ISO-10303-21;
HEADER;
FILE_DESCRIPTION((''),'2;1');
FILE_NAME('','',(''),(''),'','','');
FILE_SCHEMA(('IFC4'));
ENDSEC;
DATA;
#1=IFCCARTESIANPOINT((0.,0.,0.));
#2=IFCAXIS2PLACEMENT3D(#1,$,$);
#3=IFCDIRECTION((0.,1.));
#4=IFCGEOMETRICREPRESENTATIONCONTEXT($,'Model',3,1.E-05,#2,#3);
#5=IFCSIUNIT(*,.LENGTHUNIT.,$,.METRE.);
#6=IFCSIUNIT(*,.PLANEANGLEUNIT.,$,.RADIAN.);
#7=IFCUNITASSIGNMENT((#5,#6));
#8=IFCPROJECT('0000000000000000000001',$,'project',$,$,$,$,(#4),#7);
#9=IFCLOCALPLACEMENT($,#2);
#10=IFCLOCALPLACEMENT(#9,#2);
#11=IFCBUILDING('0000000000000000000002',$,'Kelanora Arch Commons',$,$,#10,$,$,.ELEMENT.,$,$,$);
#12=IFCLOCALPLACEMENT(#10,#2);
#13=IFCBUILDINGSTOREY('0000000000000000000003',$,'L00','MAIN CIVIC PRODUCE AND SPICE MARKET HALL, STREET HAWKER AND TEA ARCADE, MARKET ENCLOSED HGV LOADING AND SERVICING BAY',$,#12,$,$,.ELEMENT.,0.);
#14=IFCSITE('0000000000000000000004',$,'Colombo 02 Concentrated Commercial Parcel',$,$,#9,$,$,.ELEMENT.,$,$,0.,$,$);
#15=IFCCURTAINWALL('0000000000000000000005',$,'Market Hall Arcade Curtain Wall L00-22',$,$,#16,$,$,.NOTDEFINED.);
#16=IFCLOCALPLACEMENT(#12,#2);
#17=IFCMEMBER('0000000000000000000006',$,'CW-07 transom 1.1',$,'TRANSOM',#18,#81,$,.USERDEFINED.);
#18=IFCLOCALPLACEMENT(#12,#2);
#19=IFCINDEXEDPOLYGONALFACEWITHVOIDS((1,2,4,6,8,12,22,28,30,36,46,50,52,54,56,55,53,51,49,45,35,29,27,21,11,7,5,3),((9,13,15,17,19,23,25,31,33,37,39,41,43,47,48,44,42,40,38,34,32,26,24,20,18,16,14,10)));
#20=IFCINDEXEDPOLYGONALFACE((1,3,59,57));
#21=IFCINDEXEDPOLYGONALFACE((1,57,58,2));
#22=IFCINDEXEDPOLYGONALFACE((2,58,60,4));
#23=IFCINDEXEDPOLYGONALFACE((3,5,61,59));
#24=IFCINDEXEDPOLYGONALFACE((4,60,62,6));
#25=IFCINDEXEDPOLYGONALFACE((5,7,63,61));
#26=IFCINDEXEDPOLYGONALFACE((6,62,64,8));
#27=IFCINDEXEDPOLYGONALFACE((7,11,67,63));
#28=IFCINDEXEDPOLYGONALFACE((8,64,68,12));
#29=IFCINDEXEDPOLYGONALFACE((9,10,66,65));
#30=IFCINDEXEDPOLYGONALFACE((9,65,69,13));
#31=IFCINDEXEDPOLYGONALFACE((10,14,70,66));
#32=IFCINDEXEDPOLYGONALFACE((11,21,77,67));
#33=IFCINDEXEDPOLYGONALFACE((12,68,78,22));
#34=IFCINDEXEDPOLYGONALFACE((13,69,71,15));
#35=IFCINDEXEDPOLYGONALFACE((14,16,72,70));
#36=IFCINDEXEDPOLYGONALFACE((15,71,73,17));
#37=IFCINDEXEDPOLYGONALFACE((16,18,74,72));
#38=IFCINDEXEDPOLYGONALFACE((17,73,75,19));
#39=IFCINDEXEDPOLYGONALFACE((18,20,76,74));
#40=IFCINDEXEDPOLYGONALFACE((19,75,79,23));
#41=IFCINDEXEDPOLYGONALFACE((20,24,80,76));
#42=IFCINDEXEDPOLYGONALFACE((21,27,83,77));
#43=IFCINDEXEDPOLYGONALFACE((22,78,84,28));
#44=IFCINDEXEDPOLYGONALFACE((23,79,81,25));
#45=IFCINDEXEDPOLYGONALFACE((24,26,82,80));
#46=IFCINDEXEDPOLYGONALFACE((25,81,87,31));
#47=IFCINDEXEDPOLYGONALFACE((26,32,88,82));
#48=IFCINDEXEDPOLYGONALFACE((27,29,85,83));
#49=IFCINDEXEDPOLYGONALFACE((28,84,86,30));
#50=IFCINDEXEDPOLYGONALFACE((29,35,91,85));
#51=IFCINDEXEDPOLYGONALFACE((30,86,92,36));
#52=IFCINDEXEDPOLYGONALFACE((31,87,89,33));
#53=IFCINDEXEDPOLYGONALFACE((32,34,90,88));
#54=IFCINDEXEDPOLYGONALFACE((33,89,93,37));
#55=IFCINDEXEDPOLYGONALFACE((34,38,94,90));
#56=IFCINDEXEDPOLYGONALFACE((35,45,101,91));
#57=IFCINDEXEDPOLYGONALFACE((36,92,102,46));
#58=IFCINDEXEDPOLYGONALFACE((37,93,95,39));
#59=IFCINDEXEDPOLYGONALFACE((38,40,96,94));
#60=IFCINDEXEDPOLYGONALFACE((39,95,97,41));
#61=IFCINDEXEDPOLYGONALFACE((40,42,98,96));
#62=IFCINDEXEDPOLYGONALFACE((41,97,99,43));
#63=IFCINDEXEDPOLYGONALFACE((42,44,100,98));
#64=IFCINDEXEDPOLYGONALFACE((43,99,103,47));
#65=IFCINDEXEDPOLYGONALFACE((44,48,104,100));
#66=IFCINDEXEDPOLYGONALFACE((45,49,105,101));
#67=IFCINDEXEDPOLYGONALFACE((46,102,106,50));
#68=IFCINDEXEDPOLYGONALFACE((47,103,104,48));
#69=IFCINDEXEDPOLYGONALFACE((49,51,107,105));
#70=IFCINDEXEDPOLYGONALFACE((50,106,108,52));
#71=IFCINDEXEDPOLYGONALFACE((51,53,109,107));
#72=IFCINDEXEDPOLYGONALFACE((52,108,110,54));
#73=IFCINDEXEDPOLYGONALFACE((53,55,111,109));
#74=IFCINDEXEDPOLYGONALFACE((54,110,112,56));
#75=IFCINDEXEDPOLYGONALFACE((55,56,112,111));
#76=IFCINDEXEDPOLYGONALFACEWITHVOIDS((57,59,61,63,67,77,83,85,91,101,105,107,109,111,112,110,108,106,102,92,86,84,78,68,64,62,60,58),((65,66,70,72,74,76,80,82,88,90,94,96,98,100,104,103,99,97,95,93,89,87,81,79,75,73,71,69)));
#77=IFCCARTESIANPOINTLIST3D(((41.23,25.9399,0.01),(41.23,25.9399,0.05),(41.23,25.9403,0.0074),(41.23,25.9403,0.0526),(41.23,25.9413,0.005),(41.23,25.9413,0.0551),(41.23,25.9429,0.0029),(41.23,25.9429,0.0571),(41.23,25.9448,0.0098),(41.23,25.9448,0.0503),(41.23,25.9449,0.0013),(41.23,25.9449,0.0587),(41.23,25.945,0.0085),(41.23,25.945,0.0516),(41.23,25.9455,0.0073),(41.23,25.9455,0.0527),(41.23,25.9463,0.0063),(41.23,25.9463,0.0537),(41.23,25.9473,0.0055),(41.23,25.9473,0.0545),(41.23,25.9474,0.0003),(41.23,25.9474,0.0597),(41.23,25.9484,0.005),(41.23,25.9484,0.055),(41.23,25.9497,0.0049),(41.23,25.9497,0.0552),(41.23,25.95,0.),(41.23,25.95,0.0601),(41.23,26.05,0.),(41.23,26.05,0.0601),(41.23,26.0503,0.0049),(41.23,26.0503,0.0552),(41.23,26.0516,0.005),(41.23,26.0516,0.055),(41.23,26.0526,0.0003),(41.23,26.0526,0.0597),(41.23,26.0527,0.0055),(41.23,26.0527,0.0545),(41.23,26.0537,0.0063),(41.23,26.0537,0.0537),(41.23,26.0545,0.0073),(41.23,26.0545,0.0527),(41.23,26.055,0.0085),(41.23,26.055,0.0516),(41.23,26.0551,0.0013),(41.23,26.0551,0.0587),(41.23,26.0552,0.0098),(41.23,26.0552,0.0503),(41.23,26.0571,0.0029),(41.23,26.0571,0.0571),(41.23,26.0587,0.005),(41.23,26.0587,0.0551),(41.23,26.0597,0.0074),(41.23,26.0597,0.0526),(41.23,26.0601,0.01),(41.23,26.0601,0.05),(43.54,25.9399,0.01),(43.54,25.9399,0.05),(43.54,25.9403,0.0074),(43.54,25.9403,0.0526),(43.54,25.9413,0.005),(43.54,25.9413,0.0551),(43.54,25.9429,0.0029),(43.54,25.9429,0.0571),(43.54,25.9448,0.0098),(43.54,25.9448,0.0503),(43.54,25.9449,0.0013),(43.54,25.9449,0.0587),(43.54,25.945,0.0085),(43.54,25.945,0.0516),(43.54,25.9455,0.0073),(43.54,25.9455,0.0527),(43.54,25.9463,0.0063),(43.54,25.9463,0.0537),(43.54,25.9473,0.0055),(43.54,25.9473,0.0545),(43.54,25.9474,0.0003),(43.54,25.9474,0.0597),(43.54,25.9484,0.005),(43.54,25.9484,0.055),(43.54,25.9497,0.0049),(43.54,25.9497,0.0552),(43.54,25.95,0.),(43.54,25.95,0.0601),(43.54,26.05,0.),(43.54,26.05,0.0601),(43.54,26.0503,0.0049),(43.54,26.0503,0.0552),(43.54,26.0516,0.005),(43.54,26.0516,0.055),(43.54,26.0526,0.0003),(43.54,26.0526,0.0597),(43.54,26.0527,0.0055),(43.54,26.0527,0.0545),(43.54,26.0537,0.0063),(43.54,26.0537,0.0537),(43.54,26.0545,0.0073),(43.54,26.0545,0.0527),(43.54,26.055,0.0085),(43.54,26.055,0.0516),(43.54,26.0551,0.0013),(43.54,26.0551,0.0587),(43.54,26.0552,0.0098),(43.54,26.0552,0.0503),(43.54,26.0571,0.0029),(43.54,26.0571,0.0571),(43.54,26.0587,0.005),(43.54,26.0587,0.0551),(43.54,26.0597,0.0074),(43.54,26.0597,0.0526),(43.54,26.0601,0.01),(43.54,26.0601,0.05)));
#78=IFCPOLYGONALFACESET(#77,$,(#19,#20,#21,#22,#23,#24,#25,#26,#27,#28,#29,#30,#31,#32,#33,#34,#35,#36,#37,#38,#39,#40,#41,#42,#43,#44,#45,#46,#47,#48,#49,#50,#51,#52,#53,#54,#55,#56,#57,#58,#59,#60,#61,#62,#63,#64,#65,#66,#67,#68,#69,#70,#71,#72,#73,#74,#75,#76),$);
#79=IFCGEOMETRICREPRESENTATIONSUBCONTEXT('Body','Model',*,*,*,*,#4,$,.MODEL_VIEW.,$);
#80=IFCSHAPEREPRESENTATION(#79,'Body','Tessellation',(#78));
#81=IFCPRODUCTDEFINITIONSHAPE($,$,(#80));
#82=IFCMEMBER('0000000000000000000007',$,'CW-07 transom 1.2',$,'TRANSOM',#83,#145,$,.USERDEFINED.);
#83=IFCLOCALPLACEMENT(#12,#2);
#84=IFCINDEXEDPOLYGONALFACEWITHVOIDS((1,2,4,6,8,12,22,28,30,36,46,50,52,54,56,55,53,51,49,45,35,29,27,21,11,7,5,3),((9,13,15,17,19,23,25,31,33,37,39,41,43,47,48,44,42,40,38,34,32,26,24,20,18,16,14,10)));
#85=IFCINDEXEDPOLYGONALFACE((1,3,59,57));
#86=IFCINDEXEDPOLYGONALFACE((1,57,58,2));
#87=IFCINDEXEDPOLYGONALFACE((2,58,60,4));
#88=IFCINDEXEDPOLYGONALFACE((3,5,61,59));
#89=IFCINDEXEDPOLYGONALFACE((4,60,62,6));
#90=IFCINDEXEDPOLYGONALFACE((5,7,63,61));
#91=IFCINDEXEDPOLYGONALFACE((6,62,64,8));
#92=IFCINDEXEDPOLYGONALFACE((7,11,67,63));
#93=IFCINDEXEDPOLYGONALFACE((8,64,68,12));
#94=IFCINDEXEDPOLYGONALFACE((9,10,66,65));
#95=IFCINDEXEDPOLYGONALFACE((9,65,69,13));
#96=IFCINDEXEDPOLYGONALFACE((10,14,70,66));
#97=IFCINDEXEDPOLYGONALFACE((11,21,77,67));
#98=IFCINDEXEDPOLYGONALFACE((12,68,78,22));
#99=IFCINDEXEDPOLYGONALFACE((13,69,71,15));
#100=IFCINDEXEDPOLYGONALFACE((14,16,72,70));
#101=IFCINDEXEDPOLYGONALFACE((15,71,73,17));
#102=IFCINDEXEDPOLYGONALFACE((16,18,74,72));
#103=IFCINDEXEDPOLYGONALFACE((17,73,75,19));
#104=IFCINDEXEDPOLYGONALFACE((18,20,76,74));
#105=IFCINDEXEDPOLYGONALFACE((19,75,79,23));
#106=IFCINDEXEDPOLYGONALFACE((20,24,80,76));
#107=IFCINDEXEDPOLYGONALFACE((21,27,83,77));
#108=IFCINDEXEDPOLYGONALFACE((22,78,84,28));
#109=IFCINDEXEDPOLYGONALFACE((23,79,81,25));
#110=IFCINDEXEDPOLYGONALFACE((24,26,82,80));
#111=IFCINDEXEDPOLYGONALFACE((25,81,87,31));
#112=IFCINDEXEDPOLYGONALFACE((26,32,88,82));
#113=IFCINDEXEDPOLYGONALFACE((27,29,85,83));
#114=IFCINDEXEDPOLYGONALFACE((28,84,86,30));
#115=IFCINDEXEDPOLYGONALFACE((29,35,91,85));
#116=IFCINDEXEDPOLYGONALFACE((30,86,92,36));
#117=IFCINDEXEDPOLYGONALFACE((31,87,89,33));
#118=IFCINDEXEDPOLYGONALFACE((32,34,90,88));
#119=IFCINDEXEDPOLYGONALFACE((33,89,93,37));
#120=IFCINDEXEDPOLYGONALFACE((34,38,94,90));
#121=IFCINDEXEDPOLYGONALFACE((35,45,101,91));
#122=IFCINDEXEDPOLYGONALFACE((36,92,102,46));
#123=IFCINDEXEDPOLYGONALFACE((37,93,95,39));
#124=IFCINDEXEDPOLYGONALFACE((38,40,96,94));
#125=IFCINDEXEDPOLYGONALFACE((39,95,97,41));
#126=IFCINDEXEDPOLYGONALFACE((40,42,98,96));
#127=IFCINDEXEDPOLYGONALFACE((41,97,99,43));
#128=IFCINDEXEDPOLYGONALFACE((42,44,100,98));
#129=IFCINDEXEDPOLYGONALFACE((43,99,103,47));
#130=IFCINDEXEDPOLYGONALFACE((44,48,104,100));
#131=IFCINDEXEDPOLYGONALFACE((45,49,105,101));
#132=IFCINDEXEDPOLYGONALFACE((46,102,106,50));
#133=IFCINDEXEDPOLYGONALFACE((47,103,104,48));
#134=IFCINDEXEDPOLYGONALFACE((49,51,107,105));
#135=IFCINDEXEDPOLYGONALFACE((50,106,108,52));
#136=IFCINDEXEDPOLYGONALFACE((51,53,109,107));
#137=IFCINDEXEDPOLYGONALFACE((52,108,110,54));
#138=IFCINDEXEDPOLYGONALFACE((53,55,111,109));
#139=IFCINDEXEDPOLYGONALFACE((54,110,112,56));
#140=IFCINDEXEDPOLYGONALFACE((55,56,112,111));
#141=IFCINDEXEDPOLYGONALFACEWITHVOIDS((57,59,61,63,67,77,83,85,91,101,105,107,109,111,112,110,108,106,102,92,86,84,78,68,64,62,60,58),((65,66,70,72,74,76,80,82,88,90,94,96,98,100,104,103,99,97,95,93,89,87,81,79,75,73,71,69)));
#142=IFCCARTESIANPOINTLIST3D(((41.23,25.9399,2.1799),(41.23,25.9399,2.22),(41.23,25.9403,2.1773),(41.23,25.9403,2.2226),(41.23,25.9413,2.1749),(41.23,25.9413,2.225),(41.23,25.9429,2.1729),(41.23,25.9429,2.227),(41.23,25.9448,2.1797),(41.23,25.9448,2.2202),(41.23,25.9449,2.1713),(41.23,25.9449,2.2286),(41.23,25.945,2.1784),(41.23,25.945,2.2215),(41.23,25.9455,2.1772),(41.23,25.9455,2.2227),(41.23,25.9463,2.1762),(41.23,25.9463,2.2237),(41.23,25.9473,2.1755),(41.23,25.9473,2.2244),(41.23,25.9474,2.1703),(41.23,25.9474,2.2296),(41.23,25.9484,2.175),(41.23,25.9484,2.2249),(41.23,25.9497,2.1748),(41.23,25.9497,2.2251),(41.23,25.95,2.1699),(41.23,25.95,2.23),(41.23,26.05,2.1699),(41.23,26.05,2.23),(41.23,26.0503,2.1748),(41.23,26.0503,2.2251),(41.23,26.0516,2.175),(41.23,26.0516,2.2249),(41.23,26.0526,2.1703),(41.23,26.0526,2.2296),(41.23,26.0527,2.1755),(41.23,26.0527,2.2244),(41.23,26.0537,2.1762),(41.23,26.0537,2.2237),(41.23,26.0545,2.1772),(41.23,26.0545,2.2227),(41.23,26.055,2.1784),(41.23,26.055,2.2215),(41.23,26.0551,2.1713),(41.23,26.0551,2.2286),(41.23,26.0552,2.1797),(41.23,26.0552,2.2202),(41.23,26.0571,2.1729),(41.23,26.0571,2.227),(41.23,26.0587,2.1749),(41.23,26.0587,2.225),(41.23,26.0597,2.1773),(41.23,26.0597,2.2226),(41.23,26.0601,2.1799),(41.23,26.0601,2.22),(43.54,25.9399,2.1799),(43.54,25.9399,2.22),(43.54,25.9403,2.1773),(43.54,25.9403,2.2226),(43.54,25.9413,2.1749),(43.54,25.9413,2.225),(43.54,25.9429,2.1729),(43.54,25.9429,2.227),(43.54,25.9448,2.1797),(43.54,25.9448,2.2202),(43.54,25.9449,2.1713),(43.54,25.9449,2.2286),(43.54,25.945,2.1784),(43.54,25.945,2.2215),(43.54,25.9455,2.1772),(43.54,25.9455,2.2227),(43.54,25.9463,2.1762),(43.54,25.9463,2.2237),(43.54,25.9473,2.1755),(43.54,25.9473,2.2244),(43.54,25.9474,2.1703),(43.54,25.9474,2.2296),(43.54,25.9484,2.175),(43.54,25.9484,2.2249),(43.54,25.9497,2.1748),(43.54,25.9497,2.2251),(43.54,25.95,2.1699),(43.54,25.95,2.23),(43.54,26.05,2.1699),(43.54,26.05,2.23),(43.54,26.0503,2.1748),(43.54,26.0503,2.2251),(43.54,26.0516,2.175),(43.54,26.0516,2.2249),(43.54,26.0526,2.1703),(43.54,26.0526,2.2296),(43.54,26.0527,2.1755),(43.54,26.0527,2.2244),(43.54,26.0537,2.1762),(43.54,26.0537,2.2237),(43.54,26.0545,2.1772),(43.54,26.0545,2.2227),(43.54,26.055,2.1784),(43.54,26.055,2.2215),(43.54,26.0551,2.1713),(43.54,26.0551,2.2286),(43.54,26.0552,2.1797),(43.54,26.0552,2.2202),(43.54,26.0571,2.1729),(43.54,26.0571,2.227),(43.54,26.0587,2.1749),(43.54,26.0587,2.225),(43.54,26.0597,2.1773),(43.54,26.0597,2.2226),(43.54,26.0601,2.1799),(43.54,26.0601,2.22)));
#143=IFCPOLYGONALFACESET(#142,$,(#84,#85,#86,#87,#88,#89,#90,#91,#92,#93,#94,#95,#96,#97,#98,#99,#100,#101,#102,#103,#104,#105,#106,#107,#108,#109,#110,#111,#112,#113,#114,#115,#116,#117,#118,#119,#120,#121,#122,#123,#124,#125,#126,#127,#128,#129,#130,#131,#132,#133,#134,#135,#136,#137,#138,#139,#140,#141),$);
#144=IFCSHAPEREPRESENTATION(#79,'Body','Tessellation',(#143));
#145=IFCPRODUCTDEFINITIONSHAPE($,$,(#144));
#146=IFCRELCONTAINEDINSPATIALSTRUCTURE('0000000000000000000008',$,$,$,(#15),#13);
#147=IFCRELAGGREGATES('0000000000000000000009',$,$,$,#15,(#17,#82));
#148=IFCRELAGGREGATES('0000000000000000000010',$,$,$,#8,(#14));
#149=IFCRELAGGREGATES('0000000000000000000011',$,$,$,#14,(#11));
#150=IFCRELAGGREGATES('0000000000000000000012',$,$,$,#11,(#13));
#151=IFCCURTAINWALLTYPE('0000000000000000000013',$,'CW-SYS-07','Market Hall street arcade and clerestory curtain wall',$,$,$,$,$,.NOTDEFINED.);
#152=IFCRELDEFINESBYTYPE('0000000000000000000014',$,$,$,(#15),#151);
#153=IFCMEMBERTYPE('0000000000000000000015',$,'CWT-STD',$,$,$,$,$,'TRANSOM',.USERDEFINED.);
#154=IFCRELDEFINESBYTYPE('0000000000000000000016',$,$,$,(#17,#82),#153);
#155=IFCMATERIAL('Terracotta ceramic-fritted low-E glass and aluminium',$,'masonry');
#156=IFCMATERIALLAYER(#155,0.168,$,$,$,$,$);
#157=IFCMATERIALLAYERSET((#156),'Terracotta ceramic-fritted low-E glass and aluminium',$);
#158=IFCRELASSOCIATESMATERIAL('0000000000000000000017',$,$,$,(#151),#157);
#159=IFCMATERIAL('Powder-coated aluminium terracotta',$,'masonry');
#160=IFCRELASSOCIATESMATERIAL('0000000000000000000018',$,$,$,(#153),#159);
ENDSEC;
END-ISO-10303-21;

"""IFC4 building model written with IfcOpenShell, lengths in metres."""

from ifc_helpers import new_model, si_unit, direction, frame, origin, origin_2d, place, context, subcontext, project, spatial, hollow_rectangle, extrude, material, layer, layer_set, material_profile, profile_set, type_object, element, aggregate, save


model = new_model("IFC4")

# Units and contexts
model_context = context("Model", 3, precision=1e-05, world=origin(), true_north=direction((0.0, 1.0)))
body_context = subcontext(model_context, "Body", "Model", "MODEL_VIEW")
ifc_project = project(units=[si_unit("LENGTHUNIT", "METRE"), si_unit("PLANEANGLEUNIT", "RADIAN")], contexts=[model_context])

# Site, building, storey
site_placement = place(None, origin())
site = spatial("IfcSite", under=ifc_project, at=site_placement, Name="Colombo 02 Concentrated Commercial Parcel", CompositionType="ELEMENT", RefElevation=0.0)
building_placement = place(site_placement, origin())
building = spatial("IfcBuilding", under=site, at=building_placement, Name="Kelanora Arch Commons", CompositionType="ELEMENT")
storey_placement = place(building_placement, origin())
storey = spatial("IfcBuildingStorey", under=building, at=storey_placement, Name="L00", Description="MAIN CIVIC PRODUCE AND SPICE MARKET HALL, STREET HAWKER AND TEA ARCADE, MARKET ENCLOSED HGV LOADING AND SERVICING BAY", CompositionType="ELEMENT", Elevation=0.0)

# Curtain wall, members
ifc_material_1 = material(Name="Terracotta ceramic-fritted low-E glass and aluminium", Category="masonry")
ifc_layer_1 = layer(ifc_material_1, 0.168)
ifc_layer_set_1 = layer_set([ifc_layer_1], Name="Terracotta ceramic-fritted low-E glass and aluminium")
curtain_wall_type = type_object("IfcCurtainWallType", Name="CW-SYS-07", Description="Market Hall street arcade and clerestory curtain wall", PredefinedType="NOTDEFINED", material=ifc_layer_set_1)
curtain_wall_placement = place(storey_placement, origin())
curtain_wall = element("IfcCurtainWall", 1, at=curtain_wall_placement, inside=storey, type_object=curtain_wall_type, Name="Market Hall Arcade Curtain Wall L00-22", PredefinedType="NOTDEFINED")
ifc_material_2 = material(Name="Powder-coated aluminium terracotta", Category="masonry")
ifc_material_profile_1 = material_profile(ifc_material_2, hollow_rectangle(XDim=0.1201, YDim=0.0601, WallThickness=0.0049, InnerFilletRadius=0.0049, OuterFilletRadius=0.01, at=origin_2d()), Name="CWT120x60")
ifc_profile_set_1 = profile_set([ifc_material_profile_1], Name="Powder-coated aluminium terracotta")
member_type_1 = type_object("IfcMemberType", Name="CWT-STD", ElementType="TRANSOM", PredefinedType="USERDEFINED", material=ifc_profile_set_1)
member_1_placement = place(storey_placement, frame((43.54, 26.0, 0.03), z_axis=(-1.0, 0.0, 0.0), x_axis=(0.0, -1.0, 0.0)))
member_1 = element("IfcMember", 2, at=member_1_placement, type_object=member_type_1, Name="CW-07 transom 1.1", ObjectType="TRANSOM", PredefinedType="USERDEFINED", context=body_context, shape_type="SweptSolid", body=[
    extrude(hollow_rectangle(XDim=0.1201, YDim=0.0601, WallThickness=0.0049, InnerFilletRadius=0.0049, OuterFilletRadius=0.01, at=origin_2d()), origin(), (0.0, 0.0, 1.0), 2.3101),
])
member_2_placement = place(storey_placement, frame((43.54, 26.0, 2.2), z_axis=(-1.0, 0.0, 0.0), x_axis=(0.0, -1.0, 0.0)))
member_2 = element("IfcMember", 3, at=member_2_placement, type_object=member_type_1, Name="CW-07 transom 1.2", ObjectType="TRANSOM", PredefinedType="USERDEFINED", context=body_context, shape_type="SweptSolid", body=[
    extrude(hollow_rectangle(XDim=0.1201, YDim=0.0601, WallThickness=0.0049, InnerFilletRadius=0.0049, OuterFilletRadius=0.01, at=origin_2d()), origin(), (0.0, 0.0, 1.0), 2.3101),
])
aggregate(curtain_wall, [member_1, member_2])

save(model, "model.ifc")
